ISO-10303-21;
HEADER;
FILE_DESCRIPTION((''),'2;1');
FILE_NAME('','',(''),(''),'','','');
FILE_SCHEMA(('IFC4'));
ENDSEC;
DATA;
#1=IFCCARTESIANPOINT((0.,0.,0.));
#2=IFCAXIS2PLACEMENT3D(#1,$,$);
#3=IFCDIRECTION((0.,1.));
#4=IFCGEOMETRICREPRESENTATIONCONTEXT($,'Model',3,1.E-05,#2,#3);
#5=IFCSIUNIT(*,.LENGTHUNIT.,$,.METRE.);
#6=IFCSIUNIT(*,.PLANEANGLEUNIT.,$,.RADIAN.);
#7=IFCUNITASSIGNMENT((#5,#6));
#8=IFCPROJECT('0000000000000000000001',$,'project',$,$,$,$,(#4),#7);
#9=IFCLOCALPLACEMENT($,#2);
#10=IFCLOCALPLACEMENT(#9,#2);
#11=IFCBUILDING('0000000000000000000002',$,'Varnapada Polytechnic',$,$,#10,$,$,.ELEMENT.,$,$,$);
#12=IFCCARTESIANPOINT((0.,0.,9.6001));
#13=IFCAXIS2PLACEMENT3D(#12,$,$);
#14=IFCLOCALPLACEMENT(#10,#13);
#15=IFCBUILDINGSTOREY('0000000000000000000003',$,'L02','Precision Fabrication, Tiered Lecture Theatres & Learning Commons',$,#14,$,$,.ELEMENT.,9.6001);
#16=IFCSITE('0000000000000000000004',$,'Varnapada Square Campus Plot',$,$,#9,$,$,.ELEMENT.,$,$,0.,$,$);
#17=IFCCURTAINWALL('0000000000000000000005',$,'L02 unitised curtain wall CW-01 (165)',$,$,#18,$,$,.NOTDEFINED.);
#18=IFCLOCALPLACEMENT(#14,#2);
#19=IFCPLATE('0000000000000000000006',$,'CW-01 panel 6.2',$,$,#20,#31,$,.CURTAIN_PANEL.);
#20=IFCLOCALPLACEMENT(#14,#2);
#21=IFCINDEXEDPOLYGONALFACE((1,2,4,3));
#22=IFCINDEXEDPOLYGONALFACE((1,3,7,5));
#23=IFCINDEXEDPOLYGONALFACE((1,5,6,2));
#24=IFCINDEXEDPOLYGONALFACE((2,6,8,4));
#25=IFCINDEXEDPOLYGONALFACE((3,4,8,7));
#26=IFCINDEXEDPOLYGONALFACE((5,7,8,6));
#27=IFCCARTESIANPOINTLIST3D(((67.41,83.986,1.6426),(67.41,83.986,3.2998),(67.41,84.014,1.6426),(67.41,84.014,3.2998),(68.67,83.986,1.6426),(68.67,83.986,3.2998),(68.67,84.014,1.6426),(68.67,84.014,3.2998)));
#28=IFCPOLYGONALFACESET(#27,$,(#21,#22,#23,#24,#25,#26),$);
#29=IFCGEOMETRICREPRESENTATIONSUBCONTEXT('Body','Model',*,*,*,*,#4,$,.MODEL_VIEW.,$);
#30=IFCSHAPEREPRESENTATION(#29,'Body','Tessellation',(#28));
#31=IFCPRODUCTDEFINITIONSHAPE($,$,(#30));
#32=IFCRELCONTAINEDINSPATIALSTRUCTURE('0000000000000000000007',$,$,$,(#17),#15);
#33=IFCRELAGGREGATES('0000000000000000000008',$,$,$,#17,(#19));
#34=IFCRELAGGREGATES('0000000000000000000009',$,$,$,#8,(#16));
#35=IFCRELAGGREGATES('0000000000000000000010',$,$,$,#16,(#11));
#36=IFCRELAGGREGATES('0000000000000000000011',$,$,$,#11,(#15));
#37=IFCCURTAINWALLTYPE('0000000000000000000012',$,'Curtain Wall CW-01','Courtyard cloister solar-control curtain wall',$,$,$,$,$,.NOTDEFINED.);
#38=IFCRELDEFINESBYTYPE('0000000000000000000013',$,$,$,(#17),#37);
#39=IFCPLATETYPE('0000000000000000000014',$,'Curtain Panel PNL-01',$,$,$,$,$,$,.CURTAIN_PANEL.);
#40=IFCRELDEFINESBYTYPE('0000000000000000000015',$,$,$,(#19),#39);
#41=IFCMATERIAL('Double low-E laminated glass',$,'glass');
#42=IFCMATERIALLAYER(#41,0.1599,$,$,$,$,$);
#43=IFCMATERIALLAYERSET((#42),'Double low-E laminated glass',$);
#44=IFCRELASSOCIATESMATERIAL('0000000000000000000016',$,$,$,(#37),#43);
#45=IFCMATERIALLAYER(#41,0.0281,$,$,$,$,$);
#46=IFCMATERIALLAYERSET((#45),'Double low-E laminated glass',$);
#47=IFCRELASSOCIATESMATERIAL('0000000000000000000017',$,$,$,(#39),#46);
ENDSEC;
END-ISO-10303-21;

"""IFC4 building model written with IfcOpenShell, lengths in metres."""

from ifc_helpers import new_model, si_unit, direction, frame, origin, origin_2d, place, context, subcontext, project, spatial, rectangle, extrude, material, layer, layer_set, type_object, element, aggregate, save


model = new_model("IFC4")

# Units and contexts
model_context = context("Model", 3, precision=1e-05, world=origin(), true_north=direction((0.0, 1.0)))
body_context = subcontext(model_context, "Body", "Model", "MODEL_VIEW")
ifc_project = project(units=[si_unit("LENGTHUNIT", "METRE"), si_unit("PLANEANGLEUNIT", "RADIAN")], contexts=[model_context])

# Site, building, storey
site_placement = place(None, origin())
site = spatial("IfcSite", under=ifc_project, at=site_placement, Name="Varnapada Square Campus Plot", CompositionType="ELEMENT", RefElevation=0.0)
building_placement = place(site_placement, origin())
building = spatial("IfcBuilding", under=site, at=building_placement, Name="Varnapada Polytechnic", CompositionType="ELEMENT")
storey_placement = place(building_placement, frame((0.0, 0.0, 9.6001)))
storey = spatial("IfcBuildingStorey", under=building, at=storey_placement, Name="L02", Description="Precision Fabrication, Tiered Lecture Theatres & Learning Commons", CompositionType="ELEMENT", Elevation=9.6001)

# Curtain wall
ifc_material_1 = material(Name="Double low-E laminated glass", Category="glass")
ifc_layer_1 = layer(ifc_material_1, 0.1599)
ifc_layer_set_1 = layer_set([ifc_layer_1], Name="Double low-E laminated glass")
curtain_wall_type = type_object("IfcCurtainWallType", Name="Curtain Wall CW-01", Description="Courtyard cloister solar-control curtain wall", PredefinedType="NOTDEFINED", material=ifc_layer_set_1)
curtain_wall_placement = place(storey_placement, origin())
curtain_wall = element("IfcCurtainWall", 1, at=curtain_wall_placement, inside=storey, type_object=curtain_wall_type, Name="L02 unitised curtain wall CW-01 (165)", PredefinedType="NOTDEFINED")

# Plate
ifc_layer_2 = layer(ifc_material_1, 0.0281)
ifc_layer_set_2 = layer_set([ifc_layer_2], Name="Double low-E laminated glass")
plate_type = type_object("IfcPlateType", Name="Curtain Panel PNL-01", PredefinedType="CURTAIN_PANEL", material=ifc_layer_set_2)
plate_1_placement = place(storey_placement, frame((68.04, 84.0, 1.6426), z_axis=(0.0, 0.0, 1.0), x_axis=(-1.0, 0.0, 0.0)))
plate_1 = element("IfcPlate", 2, at=plate_1_placement, type_object=plate_type, Name="CW-01 panel 6.2", PredefinedType="CURTAIN_PANEL", context=body_context, shape_type="SweptSolid", body=[
    extrude(rectangle(XDim=1.26, YDim=0.0281, at=origin_2d()), origin(), (0.0, 0.0, 1.0), 1.6572),
])
aggregate(curtain_wall, [plate_1])

save(model, "model.ifc")
